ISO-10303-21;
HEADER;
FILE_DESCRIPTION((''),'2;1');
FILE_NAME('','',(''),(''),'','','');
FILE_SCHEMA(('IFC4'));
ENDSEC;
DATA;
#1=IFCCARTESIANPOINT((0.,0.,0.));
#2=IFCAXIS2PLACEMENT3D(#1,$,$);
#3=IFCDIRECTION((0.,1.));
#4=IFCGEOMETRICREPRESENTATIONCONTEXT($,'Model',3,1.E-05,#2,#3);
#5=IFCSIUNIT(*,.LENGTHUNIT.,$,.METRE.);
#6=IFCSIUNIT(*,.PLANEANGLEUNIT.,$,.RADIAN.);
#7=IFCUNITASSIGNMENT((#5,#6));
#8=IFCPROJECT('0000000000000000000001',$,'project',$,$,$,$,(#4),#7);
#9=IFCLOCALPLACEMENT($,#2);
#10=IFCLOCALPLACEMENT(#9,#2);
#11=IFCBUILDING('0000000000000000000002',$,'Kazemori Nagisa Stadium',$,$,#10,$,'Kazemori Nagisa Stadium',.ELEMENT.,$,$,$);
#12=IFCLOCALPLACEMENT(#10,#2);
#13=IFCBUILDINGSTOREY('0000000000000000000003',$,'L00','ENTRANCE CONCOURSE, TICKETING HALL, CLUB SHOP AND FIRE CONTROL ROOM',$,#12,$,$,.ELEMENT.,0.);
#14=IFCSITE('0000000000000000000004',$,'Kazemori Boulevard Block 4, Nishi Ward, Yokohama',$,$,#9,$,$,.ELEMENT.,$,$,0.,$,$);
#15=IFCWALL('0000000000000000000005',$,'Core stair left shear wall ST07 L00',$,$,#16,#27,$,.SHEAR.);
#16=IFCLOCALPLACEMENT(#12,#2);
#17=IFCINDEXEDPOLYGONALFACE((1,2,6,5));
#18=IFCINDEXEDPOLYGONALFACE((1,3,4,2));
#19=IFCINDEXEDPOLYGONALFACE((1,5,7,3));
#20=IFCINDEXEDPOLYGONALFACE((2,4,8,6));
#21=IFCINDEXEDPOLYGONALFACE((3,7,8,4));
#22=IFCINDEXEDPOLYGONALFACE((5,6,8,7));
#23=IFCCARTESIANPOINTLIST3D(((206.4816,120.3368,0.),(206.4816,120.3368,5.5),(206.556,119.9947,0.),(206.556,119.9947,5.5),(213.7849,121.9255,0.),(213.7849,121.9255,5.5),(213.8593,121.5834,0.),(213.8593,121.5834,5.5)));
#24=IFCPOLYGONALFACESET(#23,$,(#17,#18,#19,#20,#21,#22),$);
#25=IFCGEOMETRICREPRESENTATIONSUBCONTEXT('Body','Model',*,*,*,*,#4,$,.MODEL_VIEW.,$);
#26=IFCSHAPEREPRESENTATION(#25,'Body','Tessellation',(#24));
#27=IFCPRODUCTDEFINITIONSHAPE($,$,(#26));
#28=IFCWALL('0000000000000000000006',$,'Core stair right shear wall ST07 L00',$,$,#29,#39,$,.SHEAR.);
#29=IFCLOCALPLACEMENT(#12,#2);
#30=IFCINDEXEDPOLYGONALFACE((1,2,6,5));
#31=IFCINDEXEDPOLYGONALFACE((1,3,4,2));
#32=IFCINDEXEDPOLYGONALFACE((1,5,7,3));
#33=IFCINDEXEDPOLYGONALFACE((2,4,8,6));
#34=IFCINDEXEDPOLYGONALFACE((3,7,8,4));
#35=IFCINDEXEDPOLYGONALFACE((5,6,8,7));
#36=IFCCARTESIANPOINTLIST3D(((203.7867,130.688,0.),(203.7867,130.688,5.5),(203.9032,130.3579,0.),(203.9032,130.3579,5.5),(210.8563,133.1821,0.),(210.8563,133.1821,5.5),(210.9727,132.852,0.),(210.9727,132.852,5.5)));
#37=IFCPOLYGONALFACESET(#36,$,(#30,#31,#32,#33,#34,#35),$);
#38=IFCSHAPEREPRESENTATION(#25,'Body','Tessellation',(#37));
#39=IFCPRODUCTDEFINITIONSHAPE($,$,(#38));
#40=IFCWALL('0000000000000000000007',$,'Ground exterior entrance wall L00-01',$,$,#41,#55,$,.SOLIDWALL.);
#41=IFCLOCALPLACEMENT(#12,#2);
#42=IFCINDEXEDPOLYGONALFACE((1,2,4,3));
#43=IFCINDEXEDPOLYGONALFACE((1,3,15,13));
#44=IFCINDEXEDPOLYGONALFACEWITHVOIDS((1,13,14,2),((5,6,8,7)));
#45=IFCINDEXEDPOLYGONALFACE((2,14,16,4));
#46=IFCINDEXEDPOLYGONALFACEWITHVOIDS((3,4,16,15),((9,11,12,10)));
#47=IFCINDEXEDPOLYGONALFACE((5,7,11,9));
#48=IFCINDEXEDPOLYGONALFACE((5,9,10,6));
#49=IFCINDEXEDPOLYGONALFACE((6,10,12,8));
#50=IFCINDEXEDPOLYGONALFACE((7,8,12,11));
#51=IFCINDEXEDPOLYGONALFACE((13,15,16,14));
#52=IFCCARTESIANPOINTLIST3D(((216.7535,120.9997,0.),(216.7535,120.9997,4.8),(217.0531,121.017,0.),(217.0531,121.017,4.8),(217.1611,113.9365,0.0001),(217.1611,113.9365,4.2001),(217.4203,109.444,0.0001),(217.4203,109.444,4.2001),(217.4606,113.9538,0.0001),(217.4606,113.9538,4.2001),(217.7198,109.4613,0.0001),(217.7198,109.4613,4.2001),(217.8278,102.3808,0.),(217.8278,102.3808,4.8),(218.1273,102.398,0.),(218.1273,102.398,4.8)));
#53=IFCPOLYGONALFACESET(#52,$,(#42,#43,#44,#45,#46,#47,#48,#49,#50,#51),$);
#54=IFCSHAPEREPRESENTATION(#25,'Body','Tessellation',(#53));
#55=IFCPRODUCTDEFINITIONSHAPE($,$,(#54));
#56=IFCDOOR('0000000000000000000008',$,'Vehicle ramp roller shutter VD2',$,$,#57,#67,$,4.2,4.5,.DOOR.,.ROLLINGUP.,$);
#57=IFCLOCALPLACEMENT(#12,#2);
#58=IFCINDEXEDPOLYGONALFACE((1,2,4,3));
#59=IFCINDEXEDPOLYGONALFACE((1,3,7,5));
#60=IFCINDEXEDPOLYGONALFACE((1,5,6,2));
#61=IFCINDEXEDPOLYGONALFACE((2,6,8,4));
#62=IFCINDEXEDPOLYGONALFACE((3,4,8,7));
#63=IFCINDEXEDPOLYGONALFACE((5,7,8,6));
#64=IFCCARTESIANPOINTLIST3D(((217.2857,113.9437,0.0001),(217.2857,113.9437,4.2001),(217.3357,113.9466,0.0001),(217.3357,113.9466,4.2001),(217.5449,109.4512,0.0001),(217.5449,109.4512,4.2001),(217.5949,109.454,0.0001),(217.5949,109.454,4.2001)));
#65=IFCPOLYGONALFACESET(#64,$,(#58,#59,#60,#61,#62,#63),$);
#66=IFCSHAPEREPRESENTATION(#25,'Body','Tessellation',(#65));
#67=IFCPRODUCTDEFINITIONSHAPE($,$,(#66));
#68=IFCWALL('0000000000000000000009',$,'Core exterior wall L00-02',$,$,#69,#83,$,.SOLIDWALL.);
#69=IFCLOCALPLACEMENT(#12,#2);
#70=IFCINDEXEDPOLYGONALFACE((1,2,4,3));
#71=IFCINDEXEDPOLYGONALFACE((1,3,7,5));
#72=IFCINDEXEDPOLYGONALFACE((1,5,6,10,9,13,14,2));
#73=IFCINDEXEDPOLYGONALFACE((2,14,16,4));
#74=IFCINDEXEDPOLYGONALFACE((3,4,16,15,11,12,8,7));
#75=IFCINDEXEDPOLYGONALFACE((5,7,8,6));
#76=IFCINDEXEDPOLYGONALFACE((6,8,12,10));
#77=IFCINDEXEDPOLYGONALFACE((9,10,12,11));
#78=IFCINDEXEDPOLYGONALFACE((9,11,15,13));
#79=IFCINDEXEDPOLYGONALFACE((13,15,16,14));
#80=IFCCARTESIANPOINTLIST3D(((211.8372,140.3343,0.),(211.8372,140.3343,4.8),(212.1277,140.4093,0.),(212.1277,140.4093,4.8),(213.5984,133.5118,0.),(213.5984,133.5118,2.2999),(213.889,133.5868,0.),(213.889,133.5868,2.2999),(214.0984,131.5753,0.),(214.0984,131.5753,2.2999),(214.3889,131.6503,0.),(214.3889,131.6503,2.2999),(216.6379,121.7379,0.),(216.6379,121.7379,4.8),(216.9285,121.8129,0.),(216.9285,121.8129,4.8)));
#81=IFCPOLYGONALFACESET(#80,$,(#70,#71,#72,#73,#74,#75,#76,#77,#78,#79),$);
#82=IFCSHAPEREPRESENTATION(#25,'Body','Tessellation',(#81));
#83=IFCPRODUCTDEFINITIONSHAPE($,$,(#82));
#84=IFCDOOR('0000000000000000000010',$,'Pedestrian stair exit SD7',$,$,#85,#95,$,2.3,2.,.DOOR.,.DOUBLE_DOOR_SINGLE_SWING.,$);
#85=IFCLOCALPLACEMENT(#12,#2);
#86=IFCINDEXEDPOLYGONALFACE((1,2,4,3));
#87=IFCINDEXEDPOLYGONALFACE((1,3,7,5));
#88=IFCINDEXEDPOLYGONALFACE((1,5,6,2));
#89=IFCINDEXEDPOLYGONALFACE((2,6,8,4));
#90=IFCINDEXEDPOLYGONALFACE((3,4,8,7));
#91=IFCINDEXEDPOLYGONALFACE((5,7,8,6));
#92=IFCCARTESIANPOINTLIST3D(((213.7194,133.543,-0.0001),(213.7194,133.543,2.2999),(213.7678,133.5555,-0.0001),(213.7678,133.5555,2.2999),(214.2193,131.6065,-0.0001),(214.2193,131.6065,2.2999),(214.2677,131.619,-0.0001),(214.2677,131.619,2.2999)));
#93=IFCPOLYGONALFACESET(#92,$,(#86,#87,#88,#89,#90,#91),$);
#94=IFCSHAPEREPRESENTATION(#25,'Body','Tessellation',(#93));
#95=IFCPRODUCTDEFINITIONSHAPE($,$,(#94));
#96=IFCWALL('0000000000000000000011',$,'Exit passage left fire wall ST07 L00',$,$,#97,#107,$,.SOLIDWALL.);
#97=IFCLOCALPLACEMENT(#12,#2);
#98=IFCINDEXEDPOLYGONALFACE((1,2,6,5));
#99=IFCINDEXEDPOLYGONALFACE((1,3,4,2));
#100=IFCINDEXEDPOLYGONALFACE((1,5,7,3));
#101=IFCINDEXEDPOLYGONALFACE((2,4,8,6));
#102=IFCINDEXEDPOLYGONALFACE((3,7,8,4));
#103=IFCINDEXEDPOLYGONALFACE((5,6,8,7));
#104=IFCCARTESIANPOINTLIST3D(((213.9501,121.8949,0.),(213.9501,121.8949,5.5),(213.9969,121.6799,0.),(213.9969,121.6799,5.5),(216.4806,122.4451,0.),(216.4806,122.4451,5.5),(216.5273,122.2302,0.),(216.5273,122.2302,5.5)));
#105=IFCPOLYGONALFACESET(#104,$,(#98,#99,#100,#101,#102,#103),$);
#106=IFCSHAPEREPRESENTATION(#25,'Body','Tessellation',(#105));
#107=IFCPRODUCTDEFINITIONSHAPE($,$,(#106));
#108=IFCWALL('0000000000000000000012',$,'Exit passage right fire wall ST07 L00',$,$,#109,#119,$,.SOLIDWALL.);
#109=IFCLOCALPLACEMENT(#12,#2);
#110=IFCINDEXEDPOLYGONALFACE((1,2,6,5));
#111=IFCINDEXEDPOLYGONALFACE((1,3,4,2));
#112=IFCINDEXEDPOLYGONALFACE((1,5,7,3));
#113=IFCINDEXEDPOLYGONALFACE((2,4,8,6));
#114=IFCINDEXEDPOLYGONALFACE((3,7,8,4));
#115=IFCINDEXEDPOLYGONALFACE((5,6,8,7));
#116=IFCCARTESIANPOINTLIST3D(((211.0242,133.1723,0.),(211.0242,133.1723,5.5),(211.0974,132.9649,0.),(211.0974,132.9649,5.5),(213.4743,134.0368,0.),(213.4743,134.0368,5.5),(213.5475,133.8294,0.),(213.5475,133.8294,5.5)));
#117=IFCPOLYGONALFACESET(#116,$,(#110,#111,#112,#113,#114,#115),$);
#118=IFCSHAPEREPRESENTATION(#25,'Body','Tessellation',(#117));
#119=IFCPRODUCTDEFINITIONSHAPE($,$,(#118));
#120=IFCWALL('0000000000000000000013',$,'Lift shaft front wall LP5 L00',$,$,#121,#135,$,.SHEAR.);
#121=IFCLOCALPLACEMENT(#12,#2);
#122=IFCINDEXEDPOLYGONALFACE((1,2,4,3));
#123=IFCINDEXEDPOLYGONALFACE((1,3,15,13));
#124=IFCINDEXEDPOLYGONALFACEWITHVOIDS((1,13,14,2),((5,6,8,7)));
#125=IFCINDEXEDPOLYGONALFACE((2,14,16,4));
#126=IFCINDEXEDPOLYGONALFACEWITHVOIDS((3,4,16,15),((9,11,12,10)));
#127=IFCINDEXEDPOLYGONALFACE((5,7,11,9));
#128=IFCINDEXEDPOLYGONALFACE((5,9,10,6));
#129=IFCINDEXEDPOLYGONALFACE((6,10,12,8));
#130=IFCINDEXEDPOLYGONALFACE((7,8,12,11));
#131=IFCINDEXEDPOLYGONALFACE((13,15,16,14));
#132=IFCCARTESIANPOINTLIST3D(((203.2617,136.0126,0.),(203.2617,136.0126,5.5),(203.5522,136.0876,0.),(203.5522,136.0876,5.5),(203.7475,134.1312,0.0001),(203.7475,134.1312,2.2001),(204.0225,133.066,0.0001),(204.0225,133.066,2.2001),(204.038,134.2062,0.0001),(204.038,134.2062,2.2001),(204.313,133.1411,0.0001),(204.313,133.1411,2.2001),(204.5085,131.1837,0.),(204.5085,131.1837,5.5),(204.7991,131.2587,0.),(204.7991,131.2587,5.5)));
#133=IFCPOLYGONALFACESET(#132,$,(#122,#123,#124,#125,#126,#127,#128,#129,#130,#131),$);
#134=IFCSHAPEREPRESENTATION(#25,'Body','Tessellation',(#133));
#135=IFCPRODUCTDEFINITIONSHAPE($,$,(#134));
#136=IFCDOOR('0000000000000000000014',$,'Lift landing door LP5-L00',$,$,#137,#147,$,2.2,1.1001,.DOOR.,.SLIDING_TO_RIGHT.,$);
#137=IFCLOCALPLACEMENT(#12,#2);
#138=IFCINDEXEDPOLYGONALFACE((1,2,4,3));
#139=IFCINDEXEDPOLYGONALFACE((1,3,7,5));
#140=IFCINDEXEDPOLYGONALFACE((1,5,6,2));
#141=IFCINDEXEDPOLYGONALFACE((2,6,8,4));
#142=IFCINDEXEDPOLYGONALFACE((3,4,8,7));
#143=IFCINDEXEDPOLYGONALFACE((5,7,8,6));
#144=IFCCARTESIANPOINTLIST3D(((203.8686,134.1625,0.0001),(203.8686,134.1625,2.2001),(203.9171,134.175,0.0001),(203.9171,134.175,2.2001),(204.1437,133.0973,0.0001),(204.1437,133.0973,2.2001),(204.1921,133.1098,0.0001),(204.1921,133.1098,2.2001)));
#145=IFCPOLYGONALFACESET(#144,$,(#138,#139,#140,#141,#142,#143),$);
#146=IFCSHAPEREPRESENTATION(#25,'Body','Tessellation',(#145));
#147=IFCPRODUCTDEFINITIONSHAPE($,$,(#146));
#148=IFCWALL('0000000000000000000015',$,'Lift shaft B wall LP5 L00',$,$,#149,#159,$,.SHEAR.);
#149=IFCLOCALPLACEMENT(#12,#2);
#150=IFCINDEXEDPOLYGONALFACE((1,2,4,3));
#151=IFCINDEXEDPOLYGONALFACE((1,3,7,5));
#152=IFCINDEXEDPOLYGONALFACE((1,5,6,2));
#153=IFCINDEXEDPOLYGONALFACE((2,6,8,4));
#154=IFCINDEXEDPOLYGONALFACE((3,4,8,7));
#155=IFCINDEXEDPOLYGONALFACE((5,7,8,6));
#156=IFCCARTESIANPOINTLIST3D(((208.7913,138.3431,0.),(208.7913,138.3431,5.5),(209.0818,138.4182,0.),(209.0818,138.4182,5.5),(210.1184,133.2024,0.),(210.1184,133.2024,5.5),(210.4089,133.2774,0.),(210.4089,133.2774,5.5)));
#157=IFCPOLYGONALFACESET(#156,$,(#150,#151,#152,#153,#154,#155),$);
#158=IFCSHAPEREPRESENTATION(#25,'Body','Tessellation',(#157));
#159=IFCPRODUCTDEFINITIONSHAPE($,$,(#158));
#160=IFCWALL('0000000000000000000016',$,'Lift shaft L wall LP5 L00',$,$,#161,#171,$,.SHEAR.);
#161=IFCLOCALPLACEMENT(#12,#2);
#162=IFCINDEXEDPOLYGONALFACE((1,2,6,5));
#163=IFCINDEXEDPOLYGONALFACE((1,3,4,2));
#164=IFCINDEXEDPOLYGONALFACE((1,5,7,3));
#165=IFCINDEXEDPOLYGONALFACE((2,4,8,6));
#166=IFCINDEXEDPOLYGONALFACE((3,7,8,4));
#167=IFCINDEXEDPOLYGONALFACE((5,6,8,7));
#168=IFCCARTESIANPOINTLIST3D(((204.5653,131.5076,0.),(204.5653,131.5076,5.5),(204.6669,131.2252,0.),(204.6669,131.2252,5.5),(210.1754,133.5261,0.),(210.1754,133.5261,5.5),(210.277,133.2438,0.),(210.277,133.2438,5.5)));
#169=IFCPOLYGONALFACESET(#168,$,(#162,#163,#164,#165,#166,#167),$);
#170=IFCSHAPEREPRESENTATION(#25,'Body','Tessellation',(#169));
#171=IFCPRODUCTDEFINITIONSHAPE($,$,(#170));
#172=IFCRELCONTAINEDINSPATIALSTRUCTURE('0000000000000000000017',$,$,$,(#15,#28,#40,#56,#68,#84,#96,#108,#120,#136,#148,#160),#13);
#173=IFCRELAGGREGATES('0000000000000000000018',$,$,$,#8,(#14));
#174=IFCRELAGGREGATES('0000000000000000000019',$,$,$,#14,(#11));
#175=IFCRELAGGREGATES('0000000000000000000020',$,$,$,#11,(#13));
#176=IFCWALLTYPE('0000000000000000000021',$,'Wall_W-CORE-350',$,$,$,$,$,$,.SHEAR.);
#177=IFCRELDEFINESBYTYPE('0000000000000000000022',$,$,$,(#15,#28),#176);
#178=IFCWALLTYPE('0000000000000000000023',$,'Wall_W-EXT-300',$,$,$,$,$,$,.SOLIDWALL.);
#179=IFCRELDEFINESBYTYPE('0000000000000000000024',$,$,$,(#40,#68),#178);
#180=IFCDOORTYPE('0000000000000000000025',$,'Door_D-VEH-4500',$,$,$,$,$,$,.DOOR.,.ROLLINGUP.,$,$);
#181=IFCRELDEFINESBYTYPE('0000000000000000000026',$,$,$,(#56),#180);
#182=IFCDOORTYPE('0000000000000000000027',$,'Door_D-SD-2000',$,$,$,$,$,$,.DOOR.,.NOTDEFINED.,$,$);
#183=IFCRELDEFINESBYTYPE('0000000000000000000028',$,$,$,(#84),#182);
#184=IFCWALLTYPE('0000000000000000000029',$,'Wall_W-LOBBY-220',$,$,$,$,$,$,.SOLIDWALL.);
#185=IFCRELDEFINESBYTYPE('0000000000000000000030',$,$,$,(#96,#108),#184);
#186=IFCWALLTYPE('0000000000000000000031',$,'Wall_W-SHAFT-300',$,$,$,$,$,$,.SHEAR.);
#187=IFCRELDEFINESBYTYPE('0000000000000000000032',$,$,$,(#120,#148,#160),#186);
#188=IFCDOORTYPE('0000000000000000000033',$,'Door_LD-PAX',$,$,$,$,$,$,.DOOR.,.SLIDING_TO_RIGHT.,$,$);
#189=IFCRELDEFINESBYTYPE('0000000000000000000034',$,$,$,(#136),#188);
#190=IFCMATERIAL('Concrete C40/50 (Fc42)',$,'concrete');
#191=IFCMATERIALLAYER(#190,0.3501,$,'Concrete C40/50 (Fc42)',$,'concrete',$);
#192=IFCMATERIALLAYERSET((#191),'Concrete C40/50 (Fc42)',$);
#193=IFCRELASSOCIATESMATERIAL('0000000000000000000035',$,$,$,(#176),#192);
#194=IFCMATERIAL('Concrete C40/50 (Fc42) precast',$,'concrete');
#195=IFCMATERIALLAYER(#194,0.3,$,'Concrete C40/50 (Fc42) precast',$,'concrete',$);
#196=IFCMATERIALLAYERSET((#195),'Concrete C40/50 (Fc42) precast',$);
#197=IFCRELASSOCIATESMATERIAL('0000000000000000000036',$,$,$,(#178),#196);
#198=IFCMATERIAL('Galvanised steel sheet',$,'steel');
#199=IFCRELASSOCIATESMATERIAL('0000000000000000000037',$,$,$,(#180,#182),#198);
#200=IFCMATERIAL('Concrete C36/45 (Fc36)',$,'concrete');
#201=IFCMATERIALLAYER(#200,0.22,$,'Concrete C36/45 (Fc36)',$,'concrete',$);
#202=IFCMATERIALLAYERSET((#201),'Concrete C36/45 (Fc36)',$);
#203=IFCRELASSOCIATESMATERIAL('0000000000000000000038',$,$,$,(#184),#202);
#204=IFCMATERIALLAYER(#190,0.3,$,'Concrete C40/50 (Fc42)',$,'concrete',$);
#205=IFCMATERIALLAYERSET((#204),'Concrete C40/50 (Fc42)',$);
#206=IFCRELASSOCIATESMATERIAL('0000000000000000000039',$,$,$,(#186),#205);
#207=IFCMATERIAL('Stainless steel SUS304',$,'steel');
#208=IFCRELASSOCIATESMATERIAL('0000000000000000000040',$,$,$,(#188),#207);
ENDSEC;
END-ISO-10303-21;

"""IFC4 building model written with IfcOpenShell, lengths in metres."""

from ifc_helpers import new_model, si_unit, direction, frame, frame_2d, origin, place, context, subcontext, project, spatial, rectangle, extrude, material, layer, layer_set, type_object, element, fill, save


model = new_model("IFC4")

# Units and contexts
model_context = context("Model", 3, precision=1e-05, world=origin(), true_north=direction((0.0, 1.0)))
body_context = subcontext(model_context, "Body", "Model", "MODEL_VIEW")
ifc_project = project(units=[si_unit("LENGTHUNIT", "METRE"), si_unit("PLANEANGLEUNIT", "RADIAN")], contexts=[model_context])

# Site, building, storey
site_placement = place(None, origin())
site = spatial("IfcSite", under=ifc_project, at=site_placement, Name="Kazemori Boulevard Block 4, Nishi Ward, Yokohama", CompositionType="ELEMENT", RefElevation=0.0)
building_placement = place(site_placement, origin())
building = spatial("IfcBuilding", under=site, at=building_placement, Name="Kazemori Nagisa Stadium", LongName="Kazemori Nagisa Stadium", CompositionType="ELEMENT")
storey_placement = place(building_placement, origin())
storey = spatial("IfcBuildingStorey", under=building, at=storey_placement, Name="L00", Description="ENTRANCE CONCOURSE, TICKETING HALL, CLUB SHOP AND FIRE CONTROL ROOM", CompositionType="ELEMENT", Elevation=0.0)

# Shared definitions
ifc_material_1 = material(Name="Concrete C40/50 (Fc42)", Category="concrete")

# Shared definitions
ifc_layer_1 = layer(ifc_material_1, 0.3501, Name="Concrete C40/50 (Fc42)", Category="concrete")
ifc_layer_set_1 = layer_set([ifc_layer_1], Name="Concrete C40/50 (Fc42)")
wall_type_1 = type_object("IfcWallType", Name="Wall_W-CORE-350", PredefinedType="SHEAR", material=ifc_layer_set_1)
ifc_material_2 = material(Name="Galvanised steel sheet", Category="steel")

# Walls
wall_1_placement = place(storey_placement, frame((206.5188, 120.1658, 0.0), z_axis=(0.0, 0.0, 1.0), x_axis=(0.97715, 0.212553, 0.0)))
element("IfcWall", 1, at=wall_1_placement, inside=storey, type_object=wall_type_1, Name="Core stair left shear wall ST07 L00", PredefinedType="SHEAR", context=body_context, shape_type="SweptSolid", body=[
    extrude(rectangle(XDim=7.4741, YDim=0.3501, at=frame_2d((3.7371, 0.0))), origin(), (0.0, 0.0, 1.0), 5.5),
])
wall_2_placement = place(storey_placement, frame((203.845, 130.5229, 0.0), z_axis=(0.0, 0.0, 1.0), x_axis=(0.943032, 0.332701, 0.0)))
element("IfcWall", 2, at=wall_2_placement, inside=storey, type_object=wall_type_1, Name="Core stair right shear wall ST07 L00", PredefinedType="SHEAR", context=body_context, shape_type="SweptSolid", body=[
    extrude(rectangle(XDim=7.4966, YDim=0.3501, at=frame_2d((3.7483, 0.0))), origin(), (0.0, 0.0, 1.0), 5.5),
])

# Walls, openings, doors
ifc_material_3 = material(Name="Concrete C40/50 (Fc42) precast", Category="concrete")
ifc_layer_2 = layer(ifc_material_3, 0.3, Name="Concrete C40/50 (Fc42) precast", Category="concrete")
ifc_layer_set_2 = layer_set([ifc_layer_2], Name="Concrete C40/50 (Fc42) precast")
wall_type_2 = type_object("IfcWallType", Name="Wall_W-EXT-300", PredefinedType="SOLIDWALL", material=ifc_layer_set_2)
wall_3_placement = place(storey_placement, frame((217.9775, 102.3894, 0.0), z_axis=(0.0, 0.0, 1.0), x_axis=(-0.057599, 0.99834, 0.0)))
wall_3 = element("IfcWall", 3, at=wall_3_placement, inside=storey, type_object=wall_type_2, Name="Ground exterior entrance wall L00-01", PredefinedType="SOLIDWALL", context=body_context, shape_type="SweptSolid", body=[
    extrude(rectangle(XDim=18.6499, YDim=0.3, at=frame_2d((9.325, 0.0))), origin(), (0.0, 0.0, 1.0), 4.8),
])
opening_1_placement = place(wall_3_placement, frame((7.075, 0.0, 0.0)))
opening_1 = element("IfcOpeningElement", 4, at=opening_1_placement, cuts=wall_3, PredefinedType="OPENING", context=body_context, shape_type="SweptSolid", body=[
    extrude(rectangle(XDim=4.5, YDim=4.2, at=frame_2d((2.25, 2.1001))), frame((0.0, 0.1599, 0.0), z_axis=(0.0, -1.0, 0.0), x_axis=(1.0, 0.0, 0.0)), (0.0, 0.0, 1.0), 0.3201),
])
door_type_1 = type_object("IfcDoorType", Name="Door_D-VEH-4500", OperationType="ROLLINGUP", PredefinedType="DOOR", material=ifc_material_2)
door_1_placement = place(opening_1_placement, frame((4.5, 0.0, 0.0), z_axis=(0.0, 0.0, 1.0), x_axis=(-1.0, 0.0, 0.0)))
door_1 = element("IfcDoor", 5, at=door_1_placement, inside=storey, type_object=door_type_1, Name="Vehicle ramp roller shutter VD2", OperationType="ROLLINGUP", OverallHeight=4.2, OverallWidth=4.5, PredefinedType="DOOR", context=body_context, shape_type="SweptSolid", body=[
    extrude(rectangle(XDim=4.5, YDim=4.2, at=frame_2d((2.25, 2.1001))), frame((0.0, 0.0249, 0.0), z_axis=(0.0, -1.0, 0.0), x_axis=(1.0, 0.0, 0.0)), (0.0, 0.0, 1.0), 0.05),
])
fill(opening_1, door_1)
wall_4_placement = place(storey_placement, frame((216.7832, 121.7754, 0.0), z_axis=(0.0, 0.0, 1.0), x_axis=(-0.249961, 0.968256, 0.0)))
wall_4 = element("IfcWall", 6, at=wall_4_placement, inside=storey, type_object=wall_type_2, Name="Core exterior wall L00-02", PredefinedType="SOLIDWALL", context=body_context, shape_type="SweptSolid", body=[
    extrude(rectangle(XDim=19.2061, YDim=0.3, at=frame_2d((9.603, 0.0))), origin(), (0.0, 0.0, 1.0), 4.8),
])
opening_2_placement = place(wall_4_placement, frame((10.1599, 0.0, 0.0)))
opening_2 = element("IfcOpeningElement", 7, at=opening_2_placement, cuts=wall_4, PredefinedType="OPENING", context=body_context, shape_type="SweptSolid", body=[
    extrude(rectangle(XDim=2.0, YDim=2.3, at=frame_2d((1.0, 1.1499))), frame((0.0, 0.1599, 0.0), z_axis=(0.0, -1.0, 0.0), x_axis=(1.0, 0.0, 0.0)), (0.0, 0.0, 1.0), 0.3201),
])
door_type_2 = type_object("IfcDoorType", Name="Door_D-SD-2000", OperationType="NOTDEFINED", PredefinedType="DOOR", material=ifc_material_2)
door_2_placement = place(opening_2_placement, frame((2.0, 0.0, 0.0), z_axis=(0.0, 0.0, 1.0), x_axis=(-1.0, 0.0, 0.0)))
door_2 = element("IfcDoor", 8, at=door_2_placement, inside=storey, type_object=door_type_2, Name="Pedestrian stair exit SD7", OperationType="DOUBLE_DOOR_SINGLE_SWING", OverallHeight=2.3, OverallWidth=2.0, PredefinedType="DOOR", context=body_context, shape_type="SweptSolid", body=[
    extrude(rectangle(XDim=2.0, YDim=2.3, at=frame_2d((1.0, 1.1499))), frame((0.0, 0.0249, 0.0), z_axis=(0.0, -1.0, 0.0), x_axis=(1.0, 0.0, 0.0)), (0.0, 0.0, 1.0), 0.05),
])
fill(opening_2, door_2)

# Walls
ifc_material_4 = material(Name="Concrete C36/45 (Fc36)", Category="concrete")
ifc_layer_3 = layer(ifc_material_4, 0.22, Name="Concrete C36/45 (Fc36)", Category="concrete")
ifc_layer_set_3 = layer_set([ifc_layer_3], Name="Concrete C36/45 (Fc36)")
wall_type_3 = type_object("IfcWallType", Name="Wall_W-LOBBY-220", PredefinedType="SOLIDWALL", material=ifc_layer_set_3)
wall_5_placement = place(storey_placement, frame((213.9734, 121.7874, 0.0), z_axis=(0.0, 0.0, 1.0), x_axis=(0.977162, 0.212496, 0.0)))
element("IfcWall", 9, at=wall_5_placement, inside=storey, type_object=wall_type_3, Name="Exit passage left fire wall ST07 L00", PredefinedType="SOLIDWALL", context=body_context, shape_type="SweptSolid", body=[
    extrude(rectangle(XDim=2.5896, YDim=0.22, at=frame_2d((1.2949, 0.0))), origin(), (0.0, 0.0, 1.0), 5.5),
])
wall_6_placement = place(storey_placement, frame((211.0608, 133.0686, 0.0), z_axis=(0.0, 0.0, 1.0), x_axis=(0.943023, 0.332727, 0.0)))
element("IfcWall", 10, at=wall_6_placement, inside=storey, type_object=wall_type_3, Name="Exit passage right fire wall ST07 L00", PredefinedType="SOLIDWALL", context=body_context, shape_type="SweptSolid", body=[
    extrude(rectangle(XDim=2.5981, YDim=0.22, at=frame_2d((1.2991, 0.0))), origin(), (0.0, 0.0, 1.0), 5.5),
])

# Wall, opening, door
ifc_layer_4 = layer(ifc_material_1, 0.3, Name="Concrete C40/50 (Fc42)", Category="concrete")
ifc_layer_set_4 = layer_set([ifc_layer_4], Name="Concrete C40/50 (Fc42)")
wall_type_4 = type_object("IfcWallType", Name="Wall_W-SHAFT-300", PredefinedType="SHEAR", material=ifc_layer_set_4)
wall_7_placement = place(storey_placement, frame((204.6538, 131.2212, 0.0), z_axis=(0.0, 0.0, 1.0), x_axis=(-0.250004, 0.968245, 0.0)))
wall_7 = element("IfcWall", 11, at=wall_7_placement, inside=storey, type_object=wall_type_4, Name="Lift shaft front wall LP5 L00", PredefinedType="SHEAR", context=body_context, shape_type="SweptSolid", body=[
    extrude(rectangle(XDim=4.9873, YDim=0.3, at=frame_2d((2.4937, 0.0))), origin(), (0.0, 0.0, 1.0), 5.5),
])
opening_3_placement = place(wall_7_placement, frame((1.9441, 0.0, 0.0)))
opening_3 = element("IfcOpeningElement", 12, at=opening_3_placement, cuts=wall_7, PredefinedType="OPENING", context=body_context, shape_type="SweptSolid", body=[
    extrude(rectangle(XDim=1.1001, YDim=2.2, at=frame_2d((0.55, 1.1001))), frame((0.0, 0.1599, 0.0), z_axis=(0.0, -1.0, 0.0), x_axis=(1.0, 0.0, 0.0)), (0.0, 0.0, 1.0), 0.3201),
])
ifc_material_5 = material(Name="Stainless steel SUS304", Category="steel")
door_type_3 = type_object("IfcDoorType", Name="Door_LD-PAX", OperationType="SLIDING_TO_RIGHT", PredefinedType="DOOR", material=ifc_material_5)
door_3_placement = place(opening_3_placement, origin())
door_3 = element("IfcDoor", 13, at=door_3_placement, inside=storey, type_object=door_type_3, Name="Lift landing door LP5-L00", OperationType="SLIDING_TO_RIGHT", OverallHeight=2.2, OverallWidth=1.1001, PredefinedType="DOOR", context=body_context, shape_type="SweptSolid", body=[
    extrude(rectangle(XDim=1.1001, YDim=2.2, at=frame_2d((0.55, 1.1001))), frame((0.0, 0.0249, 0.0), z_axis=(0.0, -1.0, 0.0), x_axis=(1.0, 0.0, 0.0)), (0.0, 0.0, 1.0), 0.05),
])
fill(opening_3, door_3)

# Walls
wall_8_placement = place(storey_placement, frame((210.2637, 133.2397, 0.0), z_axis=(0.0, 0.0, 1.0), x_axis=(-0.249961, 0.968256, 0.0)))
element("IfcWall", 14, at=wall_8_placement, inside=storey, type_object=wall_type_4, Name="Lift shaft B wall LP5 L00", PredefinedType="SHEAR", context=body_context, shape_type="SweptSolid", body=[
    extrude(rectangle(XDim=5.3093, YDim=0.3, at=frame_2d((2.6548, 0.0))), origin(), (0.0, 0.0, 1.0), 5.5),
])
wall_9_placement = place(storey_placement, frame((204.6162, 131.3665, 0.0), z_axis=(0.0, 0.0, 1.0), x_axis=(0.940945, 0.338559, 0.0)))
element("IfcWall", 15, at=wall_9_placement, inside=storey, type_object=wall_type_4, Name="Lift shaft L wall LP5 L00", PredefinedType="SHEAR", context=body_context, shape_type="SweptSolid", body=[
    extrude(rectangle(XDim=5.9622, YDim=0.3, at=frame_2d((2.981, 0.0))), origin(), (0.0, 0.0, 1.0), 5.5),
])

save(model, "model.ifc")
